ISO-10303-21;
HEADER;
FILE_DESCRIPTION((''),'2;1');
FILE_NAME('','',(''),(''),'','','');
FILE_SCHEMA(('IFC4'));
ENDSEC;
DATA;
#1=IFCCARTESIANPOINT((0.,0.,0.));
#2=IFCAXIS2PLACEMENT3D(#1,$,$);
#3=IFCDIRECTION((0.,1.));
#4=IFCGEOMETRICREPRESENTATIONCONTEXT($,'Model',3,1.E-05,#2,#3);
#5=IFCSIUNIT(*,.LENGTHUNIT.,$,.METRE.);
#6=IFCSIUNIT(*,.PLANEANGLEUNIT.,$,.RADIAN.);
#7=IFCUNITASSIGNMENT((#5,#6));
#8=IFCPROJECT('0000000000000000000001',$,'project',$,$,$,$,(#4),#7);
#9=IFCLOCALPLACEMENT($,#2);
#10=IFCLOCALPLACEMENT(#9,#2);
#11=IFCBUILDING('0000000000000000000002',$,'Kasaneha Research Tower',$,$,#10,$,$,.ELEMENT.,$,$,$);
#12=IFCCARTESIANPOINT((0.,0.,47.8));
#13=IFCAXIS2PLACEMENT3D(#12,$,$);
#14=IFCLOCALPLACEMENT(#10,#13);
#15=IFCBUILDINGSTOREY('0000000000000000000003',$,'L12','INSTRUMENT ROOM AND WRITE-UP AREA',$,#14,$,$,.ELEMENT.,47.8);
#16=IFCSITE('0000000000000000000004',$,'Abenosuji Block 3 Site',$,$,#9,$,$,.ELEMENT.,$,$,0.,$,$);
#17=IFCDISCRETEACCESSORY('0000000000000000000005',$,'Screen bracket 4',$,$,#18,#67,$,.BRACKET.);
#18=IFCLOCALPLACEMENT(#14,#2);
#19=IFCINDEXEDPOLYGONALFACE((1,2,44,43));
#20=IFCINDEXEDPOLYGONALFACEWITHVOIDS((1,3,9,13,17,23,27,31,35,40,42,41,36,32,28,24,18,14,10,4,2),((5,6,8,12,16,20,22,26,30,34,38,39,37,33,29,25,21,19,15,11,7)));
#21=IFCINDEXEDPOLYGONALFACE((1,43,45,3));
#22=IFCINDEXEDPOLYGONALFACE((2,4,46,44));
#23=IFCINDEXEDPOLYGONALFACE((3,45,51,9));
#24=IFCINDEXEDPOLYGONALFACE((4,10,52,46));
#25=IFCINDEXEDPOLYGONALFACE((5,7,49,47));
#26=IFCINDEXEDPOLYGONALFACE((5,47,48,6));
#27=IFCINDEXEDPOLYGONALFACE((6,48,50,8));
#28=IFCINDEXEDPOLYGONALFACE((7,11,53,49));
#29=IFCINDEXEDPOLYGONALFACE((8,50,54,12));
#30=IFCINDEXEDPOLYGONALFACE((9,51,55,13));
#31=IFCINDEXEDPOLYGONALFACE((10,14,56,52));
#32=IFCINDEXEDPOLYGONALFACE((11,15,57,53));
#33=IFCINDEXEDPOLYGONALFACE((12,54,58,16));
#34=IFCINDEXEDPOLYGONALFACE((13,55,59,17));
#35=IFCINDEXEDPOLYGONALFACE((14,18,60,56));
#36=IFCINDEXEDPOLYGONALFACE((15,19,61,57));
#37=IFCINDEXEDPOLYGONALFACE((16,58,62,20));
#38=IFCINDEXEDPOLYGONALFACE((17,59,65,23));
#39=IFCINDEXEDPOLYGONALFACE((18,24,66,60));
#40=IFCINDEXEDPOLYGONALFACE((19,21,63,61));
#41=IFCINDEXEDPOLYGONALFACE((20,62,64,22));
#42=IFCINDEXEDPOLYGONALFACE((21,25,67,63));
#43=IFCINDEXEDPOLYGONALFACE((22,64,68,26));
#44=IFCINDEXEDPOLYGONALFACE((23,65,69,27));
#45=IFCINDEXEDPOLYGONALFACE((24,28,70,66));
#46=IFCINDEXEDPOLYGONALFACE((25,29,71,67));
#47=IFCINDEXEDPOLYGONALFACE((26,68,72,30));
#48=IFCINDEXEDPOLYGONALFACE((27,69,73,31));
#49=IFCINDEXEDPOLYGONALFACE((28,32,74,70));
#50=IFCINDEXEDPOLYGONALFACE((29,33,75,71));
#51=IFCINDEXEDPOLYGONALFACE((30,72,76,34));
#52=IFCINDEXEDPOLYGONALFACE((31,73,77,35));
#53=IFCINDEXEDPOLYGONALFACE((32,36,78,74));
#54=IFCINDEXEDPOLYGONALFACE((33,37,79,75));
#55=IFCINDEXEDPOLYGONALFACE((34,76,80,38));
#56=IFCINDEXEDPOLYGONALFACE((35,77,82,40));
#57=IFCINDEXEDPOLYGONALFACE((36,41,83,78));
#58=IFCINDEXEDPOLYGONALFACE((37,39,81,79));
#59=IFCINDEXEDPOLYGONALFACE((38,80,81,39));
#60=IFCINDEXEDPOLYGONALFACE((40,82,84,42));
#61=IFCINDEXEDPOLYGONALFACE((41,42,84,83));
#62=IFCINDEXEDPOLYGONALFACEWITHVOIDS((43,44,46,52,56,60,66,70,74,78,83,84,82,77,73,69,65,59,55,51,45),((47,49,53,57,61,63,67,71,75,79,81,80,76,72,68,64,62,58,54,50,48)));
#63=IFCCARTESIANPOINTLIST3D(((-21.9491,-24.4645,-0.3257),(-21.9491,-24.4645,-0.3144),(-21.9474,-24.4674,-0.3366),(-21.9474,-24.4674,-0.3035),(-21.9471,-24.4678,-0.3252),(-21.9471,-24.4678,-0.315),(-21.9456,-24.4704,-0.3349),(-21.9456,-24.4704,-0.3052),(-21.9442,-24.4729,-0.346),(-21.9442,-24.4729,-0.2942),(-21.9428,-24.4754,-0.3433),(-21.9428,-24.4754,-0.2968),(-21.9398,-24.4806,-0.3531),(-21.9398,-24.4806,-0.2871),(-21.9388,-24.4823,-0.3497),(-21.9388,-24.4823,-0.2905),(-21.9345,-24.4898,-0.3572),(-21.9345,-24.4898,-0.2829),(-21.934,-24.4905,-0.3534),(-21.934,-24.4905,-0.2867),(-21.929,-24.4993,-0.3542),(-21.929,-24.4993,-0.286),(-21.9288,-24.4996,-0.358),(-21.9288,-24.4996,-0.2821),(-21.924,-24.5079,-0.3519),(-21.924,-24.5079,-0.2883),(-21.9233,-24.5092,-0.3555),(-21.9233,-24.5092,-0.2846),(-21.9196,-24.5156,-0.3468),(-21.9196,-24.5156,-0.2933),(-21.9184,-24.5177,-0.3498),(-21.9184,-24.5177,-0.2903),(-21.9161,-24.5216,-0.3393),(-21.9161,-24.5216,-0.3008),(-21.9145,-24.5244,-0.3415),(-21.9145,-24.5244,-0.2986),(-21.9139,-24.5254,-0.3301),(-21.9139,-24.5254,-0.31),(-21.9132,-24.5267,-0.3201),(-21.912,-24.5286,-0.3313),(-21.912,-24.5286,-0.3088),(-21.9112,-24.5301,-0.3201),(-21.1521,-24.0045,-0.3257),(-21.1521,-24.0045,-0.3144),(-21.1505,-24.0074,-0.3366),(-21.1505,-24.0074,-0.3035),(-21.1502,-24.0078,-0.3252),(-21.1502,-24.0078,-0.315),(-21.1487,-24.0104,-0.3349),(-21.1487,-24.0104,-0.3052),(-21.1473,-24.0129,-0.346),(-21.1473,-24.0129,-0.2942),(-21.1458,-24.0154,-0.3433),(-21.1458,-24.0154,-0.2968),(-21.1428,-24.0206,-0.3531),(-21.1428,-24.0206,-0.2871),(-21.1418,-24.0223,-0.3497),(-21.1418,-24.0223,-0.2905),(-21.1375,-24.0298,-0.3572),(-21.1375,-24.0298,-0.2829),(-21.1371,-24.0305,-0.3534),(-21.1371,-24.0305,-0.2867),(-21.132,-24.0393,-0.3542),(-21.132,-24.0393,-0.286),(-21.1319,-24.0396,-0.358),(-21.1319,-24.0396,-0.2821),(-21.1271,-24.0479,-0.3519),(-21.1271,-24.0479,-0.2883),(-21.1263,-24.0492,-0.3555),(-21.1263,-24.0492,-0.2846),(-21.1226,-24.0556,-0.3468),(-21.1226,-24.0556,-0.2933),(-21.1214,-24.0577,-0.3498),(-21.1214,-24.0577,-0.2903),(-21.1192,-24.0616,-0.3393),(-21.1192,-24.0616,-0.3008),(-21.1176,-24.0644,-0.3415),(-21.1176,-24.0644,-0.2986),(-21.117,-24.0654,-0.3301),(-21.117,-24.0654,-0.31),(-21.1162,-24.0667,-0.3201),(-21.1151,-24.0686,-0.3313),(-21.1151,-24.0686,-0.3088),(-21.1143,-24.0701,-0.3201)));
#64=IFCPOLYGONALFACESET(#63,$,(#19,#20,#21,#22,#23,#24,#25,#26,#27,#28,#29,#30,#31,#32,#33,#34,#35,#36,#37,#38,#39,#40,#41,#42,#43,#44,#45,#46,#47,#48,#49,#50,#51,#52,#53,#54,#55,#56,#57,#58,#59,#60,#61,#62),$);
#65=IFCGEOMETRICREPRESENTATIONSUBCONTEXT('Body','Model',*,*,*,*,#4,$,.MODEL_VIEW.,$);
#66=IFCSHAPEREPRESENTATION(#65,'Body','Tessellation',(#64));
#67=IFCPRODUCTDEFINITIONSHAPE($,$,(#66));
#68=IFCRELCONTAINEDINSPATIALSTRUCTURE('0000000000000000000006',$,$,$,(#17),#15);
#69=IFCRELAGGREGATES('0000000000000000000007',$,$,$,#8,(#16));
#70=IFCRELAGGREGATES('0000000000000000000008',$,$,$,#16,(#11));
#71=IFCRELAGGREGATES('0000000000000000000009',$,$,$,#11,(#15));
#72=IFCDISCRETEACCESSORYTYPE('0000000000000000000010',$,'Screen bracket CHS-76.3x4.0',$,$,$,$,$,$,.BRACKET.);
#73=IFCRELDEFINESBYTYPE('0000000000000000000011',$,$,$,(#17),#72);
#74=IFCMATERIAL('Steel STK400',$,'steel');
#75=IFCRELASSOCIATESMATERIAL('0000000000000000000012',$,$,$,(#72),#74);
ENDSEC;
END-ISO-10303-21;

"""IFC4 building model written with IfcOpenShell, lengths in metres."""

from ifc_helpers import new_model, si_unit, direction, frame, origin, origin_2d, place, context, subcontext, project, spatial, hollow_circle, extrude, material, material_profile, profile_set, type_object, element, save


model = new_model("IFC4")

# Units and contexts
model_context = context("Model", 3, precision=1e-05, world=origin(), true_north=direction((0.0, 1.0)))
body_context = subcontext(model_context, "Body", "Model", "MODEL_VIEW")
ifc_project = project(units=[si_unit("LENGTHUNIT", "METRE"), si_unit("PLANEANGLEUNIT", "RADIAN")], contexts=[model_context])

# Site, building, storey
site_placement = place(None, origin())
site = spatial("IfcSite", under=ifc_project, at=site_placement, Name="Abenosuji Block 3 Site", CompositionType="ELEMENT", RefElevation=0.0)
building_placement = place(site_placement, origin())
building = spatial("IfcBuilding", under=site, at=building_placement, Name="Kasaneha Research Tower", CompositionType="ELEMENT")
storey_placement = place(building_placement, frame((0.0, 0.0, 47.8)))
storey = spatial("IfcBuildingStorey", under=building, at=storey_placement, Name="L12", Description="INSTRUMENT ROOM AND WRITE-UP AREA", CompositionType="ELEMENT", Elevation=47.8)

# Discrete accessory
ifc_material_1 = material(Name="Steel STK400", Category="steel")
ifc_material_profile_1 = material_profile(ifc_material_1, hollow_circle(Radius=0.0381, WallThickness=0.0039, at=origin_2d()), Name="CHS-76.3x4.0")
ifc_profile_set_1 = profile_set([ifc_material_profile_1], Name="Steel STK400")
discrete_accessory_type = type_object("IfcDiscreteAccessoryType", Name="Screen bracket CHS-76.3x4.0", PredefinedType="BRACKET", material=ifc_profile_set_1)
for number, where, z_axis, x_axis, name in (
    (1, (-21.1333, -24.0371, -0.3201), (-0.86608, -0.499906, 0.0), (0.499906, -0.86608, 0.0), "Screen bracket 4"),
):
    element("IfcDiscreteAccessory", number, at=place(storey_placement, frame(where, z_axis=z_axis, x_axis=x_axis)), inside=storey, type_object=discrete_accessory_type, Name=name, PredefinedType="BRACKET", context=body_context, shape_type="SweptSolid", body=[
        extrude(hollow_circle(Radius=0.0381, WallThickness=0.0039, at=origin_2d()), origin(), (0.0, 0.0, 1.0), 0.9202),
    ])

save(model, "model.ifc")
